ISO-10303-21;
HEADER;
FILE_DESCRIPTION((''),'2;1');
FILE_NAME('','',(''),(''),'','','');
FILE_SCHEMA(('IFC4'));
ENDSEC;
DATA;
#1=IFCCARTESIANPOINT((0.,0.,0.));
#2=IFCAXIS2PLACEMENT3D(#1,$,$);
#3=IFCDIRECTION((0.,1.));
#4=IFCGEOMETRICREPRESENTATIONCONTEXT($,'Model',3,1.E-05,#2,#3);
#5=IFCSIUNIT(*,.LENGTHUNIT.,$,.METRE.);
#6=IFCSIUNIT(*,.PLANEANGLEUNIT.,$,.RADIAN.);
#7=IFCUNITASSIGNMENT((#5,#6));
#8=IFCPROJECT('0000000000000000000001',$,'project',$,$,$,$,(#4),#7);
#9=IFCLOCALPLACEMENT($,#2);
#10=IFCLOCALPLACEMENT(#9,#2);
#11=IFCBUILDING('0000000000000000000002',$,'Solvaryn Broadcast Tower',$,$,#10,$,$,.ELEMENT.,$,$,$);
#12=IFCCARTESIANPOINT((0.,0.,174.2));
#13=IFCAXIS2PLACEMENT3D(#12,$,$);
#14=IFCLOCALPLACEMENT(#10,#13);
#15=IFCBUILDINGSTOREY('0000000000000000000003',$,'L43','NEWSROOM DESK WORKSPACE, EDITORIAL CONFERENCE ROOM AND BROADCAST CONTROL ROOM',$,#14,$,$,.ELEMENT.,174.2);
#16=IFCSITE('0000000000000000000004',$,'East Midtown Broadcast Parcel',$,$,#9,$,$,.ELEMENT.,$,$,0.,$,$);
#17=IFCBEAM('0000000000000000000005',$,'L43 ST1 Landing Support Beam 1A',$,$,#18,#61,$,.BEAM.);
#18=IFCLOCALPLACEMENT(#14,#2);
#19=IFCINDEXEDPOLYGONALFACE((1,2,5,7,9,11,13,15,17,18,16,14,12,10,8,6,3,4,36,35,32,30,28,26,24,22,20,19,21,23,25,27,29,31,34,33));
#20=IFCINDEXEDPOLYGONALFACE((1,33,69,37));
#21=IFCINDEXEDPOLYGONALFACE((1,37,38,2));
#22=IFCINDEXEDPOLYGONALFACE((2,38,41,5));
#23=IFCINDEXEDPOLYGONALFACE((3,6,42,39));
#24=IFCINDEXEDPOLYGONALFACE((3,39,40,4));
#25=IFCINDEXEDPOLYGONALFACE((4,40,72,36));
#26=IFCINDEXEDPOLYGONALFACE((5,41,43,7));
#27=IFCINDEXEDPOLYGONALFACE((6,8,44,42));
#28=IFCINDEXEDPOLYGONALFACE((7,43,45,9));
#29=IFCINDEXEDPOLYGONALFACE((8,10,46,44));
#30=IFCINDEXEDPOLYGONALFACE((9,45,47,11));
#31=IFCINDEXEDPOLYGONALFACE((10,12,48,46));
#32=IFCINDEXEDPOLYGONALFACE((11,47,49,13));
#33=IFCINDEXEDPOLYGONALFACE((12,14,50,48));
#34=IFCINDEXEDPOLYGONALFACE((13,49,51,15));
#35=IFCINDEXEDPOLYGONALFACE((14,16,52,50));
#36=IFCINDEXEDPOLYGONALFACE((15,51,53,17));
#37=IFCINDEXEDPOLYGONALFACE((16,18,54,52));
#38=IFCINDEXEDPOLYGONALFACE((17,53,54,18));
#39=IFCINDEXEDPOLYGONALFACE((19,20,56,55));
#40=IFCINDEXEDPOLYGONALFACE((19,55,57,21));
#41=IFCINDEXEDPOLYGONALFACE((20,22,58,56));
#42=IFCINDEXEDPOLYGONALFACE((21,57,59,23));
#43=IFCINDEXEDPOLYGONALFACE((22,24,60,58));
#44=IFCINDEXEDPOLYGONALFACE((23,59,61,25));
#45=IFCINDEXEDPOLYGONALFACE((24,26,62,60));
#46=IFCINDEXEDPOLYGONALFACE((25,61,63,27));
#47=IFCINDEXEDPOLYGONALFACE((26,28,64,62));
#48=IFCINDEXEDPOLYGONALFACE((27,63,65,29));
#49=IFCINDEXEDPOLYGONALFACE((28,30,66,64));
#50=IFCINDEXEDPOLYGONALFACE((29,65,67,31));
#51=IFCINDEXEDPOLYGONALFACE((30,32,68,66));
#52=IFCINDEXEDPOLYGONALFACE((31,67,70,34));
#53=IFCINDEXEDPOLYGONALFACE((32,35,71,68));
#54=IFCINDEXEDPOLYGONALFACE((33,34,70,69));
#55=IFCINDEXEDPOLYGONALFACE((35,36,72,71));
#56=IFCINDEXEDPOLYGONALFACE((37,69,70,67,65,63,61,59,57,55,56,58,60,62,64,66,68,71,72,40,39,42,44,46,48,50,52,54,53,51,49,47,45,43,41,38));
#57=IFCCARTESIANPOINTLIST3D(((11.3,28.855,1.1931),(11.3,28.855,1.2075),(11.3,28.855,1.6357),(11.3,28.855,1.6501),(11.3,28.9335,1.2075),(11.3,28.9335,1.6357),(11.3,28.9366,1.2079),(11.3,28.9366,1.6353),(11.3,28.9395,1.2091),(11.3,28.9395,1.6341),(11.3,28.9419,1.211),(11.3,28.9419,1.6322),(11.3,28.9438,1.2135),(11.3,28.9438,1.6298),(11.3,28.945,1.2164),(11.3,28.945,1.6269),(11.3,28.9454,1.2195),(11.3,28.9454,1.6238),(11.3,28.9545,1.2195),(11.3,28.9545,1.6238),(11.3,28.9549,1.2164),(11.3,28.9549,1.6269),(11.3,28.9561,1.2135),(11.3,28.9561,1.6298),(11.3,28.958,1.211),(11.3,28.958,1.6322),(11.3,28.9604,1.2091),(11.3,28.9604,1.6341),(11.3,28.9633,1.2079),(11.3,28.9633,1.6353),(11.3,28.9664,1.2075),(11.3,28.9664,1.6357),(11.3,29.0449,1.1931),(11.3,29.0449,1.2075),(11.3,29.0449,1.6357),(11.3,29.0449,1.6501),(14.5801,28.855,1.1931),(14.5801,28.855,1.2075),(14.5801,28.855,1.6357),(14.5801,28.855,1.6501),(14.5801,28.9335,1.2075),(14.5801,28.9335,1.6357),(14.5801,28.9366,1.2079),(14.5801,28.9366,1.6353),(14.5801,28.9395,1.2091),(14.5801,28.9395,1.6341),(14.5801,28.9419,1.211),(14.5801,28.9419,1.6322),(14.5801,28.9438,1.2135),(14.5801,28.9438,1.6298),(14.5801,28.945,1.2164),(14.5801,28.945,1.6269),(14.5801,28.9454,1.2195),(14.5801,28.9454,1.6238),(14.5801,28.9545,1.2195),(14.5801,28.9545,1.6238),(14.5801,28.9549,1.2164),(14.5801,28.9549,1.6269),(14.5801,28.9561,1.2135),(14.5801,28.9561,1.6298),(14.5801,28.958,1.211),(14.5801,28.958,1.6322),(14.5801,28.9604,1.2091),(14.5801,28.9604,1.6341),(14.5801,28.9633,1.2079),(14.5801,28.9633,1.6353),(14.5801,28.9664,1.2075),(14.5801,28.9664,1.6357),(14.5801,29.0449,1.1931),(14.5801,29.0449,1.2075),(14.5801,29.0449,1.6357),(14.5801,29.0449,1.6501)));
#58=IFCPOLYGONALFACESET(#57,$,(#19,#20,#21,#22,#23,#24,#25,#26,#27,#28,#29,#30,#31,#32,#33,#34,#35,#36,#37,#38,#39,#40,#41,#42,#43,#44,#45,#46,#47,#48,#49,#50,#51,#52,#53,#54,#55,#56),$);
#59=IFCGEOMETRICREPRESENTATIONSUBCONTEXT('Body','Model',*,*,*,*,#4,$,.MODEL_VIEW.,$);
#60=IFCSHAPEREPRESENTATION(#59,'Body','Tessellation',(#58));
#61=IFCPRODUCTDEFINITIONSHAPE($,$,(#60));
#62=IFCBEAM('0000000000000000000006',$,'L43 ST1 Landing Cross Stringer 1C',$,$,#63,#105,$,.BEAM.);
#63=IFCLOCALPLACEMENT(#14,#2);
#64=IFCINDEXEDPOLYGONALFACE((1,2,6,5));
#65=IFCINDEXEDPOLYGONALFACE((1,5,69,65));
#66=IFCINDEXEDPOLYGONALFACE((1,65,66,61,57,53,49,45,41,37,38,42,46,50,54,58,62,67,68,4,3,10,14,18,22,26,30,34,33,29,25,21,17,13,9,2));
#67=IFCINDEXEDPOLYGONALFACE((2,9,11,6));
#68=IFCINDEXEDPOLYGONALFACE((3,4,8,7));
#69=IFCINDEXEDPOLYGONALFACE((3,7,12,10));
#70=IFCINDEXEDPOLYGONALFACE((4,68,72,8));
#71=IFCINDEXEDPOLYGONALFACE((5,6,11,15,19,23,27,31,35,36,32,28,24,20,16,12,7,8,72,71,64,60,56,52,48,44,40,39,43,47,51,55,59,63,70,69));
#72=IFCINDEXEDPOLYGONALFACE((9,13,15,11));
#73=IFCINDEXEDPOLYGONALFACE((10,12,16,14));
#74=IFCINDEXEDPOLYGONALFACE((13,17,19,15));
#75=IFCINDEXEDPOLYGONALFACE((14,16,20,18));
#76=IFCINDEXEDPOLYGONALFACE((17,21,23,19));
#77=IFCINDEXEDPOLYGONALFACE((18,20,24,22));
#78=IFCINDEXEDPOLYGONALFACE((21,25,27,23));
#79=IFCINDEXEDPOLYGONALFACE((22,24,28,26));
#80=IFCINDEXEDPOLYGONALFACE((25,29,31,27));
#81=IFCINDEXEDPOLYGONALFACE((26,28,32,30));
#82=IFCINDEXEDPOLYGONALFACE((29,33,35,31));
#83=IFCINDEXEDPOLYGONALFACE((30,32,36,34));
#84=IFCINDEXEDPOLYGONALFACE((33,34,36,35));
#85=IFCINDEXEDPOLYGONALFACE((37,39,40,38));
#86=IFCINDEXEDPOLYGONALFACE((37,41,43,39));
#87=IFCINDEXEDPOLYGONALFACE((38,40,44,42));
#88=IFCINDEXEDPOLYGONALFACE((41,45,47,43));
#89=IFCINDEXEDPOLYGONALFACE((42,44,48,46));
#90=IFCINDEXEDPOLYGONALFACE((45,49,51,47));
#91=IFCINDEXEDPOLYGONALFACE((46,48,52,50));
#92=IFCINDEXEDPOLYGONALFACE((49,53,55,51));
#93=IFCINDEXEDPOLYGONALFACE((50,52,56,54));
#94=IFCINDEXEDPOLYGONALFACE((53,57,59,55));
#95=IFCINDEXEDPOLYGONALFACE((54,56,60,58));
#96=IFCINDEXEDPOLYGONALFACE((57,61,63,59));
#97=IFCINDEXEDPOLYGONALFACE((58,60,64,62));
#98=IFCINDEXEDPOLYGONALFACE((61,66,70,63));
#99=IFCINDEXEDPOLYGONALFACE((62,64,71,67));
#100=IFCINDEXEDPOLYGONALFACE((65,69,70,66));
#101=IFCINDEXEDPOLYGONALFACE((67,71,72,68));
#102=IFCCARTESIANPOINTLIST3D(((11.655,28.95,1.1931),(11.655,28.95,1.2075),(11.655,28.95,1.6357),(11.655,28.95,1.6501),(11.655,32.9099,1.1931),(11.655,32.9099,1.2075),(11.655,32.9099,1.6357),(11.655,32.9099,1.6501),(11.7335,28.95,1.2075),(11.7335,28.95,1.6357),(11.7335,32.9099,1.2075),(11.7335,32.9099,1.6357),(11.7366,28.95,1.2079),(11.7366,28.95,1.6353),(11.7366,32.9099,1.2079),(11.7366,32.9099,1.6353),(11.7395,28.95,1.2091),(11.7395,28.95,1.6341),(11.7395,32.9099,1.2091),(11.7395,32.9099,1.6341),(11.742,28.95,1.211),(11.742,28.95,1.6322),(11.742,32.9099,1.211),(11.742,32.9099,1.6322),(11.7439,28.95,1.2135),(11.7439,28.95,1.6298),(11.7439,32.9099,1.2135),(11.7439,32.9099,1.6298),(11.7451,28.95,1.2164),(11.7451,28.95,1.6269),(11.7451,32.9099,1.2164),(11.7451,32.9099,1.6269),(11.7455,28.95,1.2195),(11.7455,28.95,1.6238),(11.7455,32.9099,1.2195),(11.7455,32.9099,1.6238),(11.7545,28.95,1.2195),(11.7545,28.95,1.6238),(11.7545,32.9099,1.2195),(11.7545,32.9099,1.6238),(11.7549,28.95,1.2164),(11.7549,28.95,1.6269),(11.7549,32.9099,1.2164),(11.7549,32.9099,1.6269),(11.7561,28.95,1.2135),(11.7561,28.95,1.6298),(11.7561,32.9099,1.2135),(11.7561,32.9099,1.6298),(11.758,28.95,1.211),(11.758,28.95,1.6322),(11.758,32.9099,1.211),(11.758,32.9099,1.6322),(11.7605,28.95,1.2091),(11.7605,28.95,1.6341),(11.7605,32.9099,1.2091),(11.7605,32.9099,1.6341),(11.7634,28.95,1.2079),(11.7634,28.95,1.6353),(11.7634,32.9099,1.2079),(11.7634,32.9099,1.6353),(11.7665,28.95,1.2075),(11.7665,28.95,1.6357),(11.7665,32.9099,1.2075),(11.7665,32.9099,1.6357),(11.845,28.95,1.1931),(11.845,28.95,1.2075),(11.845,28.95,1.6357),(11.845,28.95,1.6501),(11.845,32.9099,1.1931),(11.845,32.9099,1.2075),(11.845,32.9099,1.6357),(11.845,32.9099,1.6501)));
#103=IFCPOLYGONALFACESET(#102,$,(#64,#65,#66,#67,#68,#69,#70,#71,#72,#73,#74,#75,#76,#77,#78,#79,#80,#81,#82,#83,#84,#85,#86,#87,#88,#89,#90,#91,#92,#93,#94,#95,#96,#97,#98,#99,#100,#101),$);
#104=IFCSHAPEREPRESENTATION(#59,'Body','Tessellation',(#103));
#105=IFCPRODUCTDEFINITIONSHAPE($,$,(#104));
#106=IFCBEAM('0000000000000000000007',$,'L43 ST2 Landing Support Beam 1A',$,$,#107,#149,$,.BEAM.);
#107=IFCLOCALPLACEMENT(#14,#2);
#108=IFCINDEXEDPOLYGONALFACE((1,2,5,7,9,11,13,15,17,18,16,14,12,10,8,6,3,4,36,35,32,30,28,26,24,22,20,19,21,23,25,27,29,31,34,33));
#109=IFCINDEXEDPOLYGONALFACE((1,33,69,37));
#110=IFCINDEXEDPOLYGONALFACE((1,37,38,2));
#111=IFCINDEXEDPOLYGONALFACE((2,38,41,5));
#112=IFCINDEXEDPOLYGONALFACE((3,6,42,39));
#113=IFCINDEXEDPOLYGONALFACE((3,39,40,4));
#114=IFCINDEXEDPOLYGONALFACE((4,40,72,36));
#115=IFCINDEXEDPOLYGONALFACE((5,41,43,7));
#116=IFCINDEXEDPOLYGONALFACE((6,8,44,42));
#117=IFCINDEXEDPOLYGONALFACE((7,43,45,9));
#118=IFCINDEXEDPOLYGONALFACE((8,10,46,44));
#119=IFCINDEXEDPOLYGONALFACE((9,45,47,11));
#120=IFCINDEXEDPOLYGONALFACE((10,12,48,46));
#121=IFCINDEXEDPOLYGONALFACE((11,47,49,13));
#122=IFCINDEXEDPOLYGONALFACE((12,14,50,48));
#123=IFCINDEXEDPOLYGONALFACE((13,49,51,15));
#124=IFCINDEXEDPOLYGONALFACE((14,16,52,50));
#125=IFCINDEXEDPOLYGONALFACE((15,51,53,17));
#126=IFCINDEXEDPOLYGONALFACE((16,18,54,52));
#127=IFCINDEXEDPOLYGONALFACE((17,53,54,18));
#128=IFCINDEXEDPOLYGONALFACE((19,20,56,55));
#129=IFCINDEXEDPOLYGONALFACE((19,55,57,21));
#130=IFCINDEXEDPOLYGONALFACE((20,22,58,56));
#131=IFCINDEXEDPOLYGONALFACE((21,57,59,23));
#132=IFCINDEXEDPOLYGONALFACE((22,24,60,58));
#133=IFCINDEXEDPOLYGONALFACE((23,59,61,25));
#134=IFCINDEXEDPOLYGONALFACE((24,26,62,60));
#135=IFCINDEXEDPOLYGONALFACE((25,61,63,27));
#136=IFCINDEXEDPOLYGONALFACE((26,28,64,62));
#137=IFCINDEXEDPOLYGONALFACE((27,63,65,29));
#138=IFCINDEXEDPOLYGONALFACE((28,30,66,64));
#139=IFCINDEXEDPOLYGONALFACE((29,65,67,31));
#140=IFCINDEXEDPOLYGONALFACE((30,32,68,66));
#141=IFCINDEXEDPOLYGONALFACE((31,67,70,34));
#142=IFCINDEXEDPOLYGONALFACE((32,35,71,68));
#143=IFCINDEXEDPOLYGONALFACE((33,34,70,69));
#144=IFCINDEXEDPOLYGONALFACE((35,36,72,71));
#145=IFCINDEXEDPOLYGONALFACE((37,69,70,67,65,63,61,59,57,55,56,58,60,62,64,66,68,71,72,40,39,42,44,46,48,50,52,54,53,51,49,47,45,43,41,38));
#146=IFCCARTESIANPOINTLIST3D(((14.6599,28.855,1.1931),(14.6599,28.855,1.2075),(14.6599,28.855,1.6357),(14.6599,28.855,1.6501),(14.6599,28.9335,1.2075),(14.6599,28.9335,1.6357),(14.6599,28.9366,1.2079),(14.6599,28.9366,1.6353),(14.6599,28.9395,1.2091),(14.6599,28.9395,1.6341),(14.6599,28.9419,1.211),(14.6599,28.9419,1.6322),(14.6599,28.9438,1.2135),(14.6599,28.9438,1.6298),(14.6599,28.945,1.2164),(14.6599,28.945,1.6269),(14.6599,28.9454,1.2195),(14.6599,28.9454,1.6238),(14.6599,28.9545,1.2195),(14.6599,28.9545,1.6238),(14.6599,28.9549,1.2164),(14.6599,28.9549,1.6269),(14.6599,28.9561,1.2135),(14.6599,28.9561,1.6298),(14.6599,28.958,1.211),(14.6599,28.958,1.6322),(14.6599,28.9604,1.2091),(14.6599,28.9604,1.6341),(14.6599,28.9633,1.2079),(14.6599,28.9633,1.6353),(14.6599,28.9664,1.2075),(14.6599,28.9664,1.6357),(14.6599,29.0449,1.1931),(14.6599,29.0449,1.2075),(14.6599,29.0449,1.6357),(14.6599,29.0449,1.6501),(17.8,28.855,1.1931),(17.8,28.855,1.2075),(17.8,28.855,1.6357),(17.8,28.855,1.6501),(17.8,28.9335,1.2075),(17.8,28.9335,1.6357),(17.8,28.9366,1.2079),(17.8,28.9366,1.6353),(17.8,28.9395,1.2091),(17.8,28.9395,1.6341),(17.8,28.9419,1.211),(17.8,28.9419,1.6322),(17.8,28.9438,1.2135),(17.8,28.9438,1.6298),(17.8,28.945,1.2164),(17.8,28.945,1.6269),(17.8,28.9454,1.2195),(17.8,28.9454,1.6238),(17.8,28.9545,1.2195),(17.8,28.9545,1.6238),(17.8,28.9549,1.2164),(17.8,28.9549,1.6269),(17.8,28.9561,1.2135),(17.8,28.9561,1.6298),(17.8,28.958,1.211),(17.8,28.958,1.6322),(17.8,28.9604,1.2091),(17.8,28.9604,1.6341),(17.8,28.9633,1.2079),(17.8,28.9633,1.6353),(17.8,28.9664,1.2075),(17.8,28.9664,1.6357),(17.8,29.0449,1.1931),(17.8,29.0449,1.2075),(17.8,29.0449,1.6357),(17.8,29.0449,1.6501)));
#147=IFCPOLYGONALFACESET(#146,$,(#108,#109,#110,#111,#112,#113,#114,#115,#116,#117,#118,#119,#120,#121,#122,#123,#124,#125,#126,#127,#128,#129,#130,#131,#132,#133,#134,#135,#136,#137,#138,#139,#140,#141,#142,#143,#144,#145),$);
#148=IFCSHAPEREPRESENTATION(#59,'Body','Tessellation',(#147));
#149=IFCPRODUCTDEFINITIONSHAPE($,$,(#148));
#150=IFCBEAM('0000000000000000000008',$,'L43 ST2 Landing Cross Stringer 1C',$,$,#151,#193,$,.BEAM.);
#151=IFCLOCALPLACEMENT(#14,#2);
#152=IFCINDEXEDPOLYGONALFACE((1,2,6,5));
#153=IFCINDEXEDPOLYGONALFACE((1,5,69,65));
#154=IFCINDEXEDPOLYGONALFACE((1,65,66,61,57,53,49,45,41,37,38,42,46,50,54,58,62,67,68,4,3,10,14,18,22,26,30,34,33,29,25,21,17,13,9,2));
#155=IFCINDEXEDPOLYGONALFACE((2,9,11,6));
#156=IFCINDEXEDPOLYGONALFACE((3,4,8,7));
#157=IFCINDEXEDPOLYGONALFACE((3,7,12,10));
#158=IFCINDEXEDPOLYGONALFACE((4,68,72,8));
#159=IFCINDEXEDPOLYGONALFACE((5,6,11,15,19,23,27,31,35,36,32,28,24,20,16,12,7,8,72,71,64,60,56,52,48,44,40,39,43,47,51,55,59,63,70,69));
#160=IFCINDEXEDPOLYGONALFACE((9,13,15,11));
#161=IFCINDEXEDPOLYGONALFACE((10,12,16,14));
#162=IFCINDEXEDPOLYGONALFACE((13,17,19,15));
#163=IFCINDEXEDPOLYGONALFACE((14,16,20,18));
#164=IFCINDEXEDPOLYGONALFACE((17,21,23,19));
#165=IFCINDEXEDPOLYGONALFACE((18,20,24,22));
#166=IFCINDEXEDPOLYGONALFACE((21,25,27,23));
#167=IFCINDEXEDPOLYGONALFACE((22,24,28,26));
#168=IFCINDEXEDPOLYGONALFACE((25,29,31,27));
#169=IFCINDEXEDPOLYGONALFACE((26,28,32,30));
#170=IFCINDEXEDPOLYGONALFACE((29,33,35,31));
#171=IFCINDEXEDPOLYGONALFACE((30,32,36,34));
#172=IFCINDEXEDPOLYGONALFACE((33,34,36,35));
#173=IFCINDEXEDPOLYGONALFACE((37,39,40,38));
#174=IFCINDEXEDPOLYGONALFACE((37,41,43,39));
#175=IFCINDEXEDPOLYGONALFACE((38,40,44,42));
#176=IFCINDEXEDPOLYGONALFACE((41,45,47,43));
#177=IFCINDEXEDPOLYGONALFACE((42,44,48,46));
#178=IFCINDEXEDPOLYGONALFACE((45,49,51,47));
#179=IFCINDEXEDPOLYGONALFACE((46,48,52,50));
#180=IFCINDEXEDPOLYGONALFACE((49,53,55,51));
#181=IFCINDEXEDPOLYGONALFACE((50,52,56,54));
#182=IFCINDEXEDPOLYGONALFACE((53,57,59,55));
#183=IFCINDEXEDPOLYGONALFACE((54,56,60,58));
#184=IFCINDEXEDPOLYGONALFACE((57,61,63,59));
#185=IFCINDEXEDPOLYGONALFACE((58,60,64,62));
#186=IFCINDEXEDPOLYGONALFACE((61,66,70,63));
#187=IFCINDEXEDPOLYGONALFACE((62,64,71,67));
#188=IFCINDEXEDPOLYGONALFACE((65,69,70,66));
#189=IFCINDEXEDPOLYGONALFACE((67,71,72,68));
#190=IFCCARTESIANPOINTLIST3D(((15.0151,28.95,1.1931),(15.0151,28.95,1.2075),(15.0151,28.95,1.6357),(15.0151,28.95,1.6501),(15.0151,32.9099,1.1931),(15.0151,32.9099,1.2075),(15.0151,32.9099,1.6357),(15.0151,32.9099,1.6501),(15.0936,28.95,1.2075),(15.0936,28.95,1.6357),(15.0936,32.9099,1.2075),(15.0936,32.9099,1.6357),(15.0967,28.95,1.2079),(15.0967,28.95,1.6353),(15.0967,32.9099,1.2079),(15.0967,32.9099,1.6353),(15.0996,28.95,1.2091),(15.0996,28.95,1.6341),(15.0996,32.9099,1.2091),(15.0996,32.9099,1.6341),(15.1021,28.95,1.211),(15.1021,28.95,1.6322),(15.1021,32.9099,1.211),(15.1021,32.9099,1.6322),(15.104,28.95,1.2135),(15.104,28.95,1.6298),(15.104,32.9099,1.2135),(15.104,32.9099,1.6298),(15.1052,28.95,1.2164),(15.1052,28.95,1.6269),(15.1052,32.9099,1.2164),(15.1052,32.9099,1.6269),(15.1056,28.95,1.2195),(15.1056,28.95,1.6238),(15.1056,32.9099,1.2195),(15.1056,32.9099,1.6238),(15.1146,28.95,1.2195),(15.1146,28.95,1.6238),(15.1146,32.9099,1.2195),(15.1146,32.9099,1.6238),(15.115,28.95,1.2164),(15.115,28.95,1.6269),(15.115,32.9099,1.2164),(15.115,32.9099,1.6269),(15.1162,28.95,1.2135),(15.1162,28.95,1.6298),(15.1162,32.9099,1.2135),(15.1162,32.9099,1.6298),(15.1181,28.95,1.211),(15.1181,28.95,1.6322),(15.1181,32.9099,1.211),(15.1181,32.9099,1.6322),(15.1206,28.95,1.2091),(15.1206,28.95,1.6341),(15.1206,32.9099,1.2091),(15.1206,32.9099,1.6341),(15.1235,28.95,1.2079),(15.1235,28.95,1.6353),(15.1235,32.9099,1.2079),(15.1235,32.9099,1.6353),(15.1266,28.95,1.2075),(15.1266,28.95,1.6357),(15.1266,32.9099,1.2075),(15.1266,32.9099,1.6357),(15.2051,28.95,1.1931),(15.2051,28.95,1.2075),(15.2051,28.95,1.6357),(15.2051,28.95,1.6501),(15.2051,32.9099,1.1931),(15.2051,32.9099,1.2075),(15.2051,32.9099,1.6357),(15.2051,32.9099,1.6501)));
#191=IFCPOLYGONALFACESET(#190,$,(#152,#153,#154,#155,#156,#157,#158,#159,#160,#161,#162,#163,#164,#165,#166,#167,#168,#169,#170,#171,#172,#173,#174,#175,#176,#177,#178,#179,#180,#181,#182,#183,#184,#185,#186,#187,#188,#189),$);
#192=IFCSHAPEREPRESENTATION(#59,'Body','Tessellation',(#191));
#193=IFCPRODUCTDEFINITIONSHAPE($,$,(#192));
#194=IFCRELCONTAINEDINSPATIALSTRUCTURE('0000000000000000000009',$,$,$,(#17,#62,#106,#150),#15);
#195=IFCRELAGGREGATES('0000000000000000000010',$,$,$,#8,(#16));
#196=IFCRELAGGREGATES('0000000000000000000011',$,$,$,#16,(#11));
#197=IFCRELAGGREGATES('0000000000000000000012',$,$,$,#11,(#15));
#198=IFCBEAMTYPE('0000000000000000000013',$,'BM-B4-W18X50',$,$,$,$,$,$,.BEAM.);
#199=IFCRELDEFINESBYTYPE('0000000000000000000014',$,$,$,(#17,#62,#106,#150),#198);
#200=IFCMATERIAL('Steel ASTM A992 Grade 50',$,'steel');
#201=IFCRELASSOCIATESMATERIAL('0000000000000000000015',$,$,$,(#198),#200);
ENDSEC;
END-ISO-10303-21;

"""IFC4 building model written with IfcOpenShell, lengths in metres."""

from ifc_helpers import new_model, si_unit, direction, frame, origin, origin_2d, place, context, subcontext, project, spatial, i_section, extrude, material, material_profile, profile_set, type_object, element, save


model = new_model("IFC4")

# Units and contexts
model_context = context("Model", 3, precision=1e-05, world=origin(), true_north=direction((0.0, 1.0)))
body_context = subcontext(model_context, "Body", "Model", "MODEL_VIEW")
ifc_project = project(units=[si_unit("LENGTHUNIT", "METRE"), si_unit("PLANEANGLEUNIT", "RADIAN")], contexts=[model_context])

# Site, building, storey
site_placement = place(None, origin())
site = spatial("IfcSite", under=ifc_project, at=site_placement, Name="East Midtown Broadcast Parcel", CompositionType="ELEMENT", RefElevation=0.0)
building_placement = place(site_placement, origin())
building = spatial("IfcBuilding", under=site, at=building_placement, Name="Solvaryn Broadcast Tower", CompositionType="ELEMENT")
storey_placement = place(building_placement, frame((0.0, 0.0, 174.2)))
storey = spatial("IfcBuildingStorey", under=building, at=storey_placement, Name="L43", Description="NEWSROOM DESK WORKSPACE, EDITORIAL CONFERENCE ROOM AND BROADCAST CONTROL ROOM", CompositionType="ELEMENT", Elevation=174.2)

# Beams
ifc_material_1 = material(Name="Steel ASTM A992 Grade 50", Category="steel")
ifc_material_profile_1 = material_profile(ifc_material_1, i_section(OverallWidth=0.1899, OverallDepth=0.457, WebThickness=0.009, FlangeThickness=0.0144, FilletRadius=0.012, at=origin_2d()))
ifc_profile_set_1 = profile_set([ifc_material_profile_1], Name="Steel ASTM A992 Grade 50")
beam_type_1 = type_object("IfcBeamType", Name="BM-B4-W18X50", PredefinedType="BEAM", material=ifc_profile_set_1)
beam_1_placement = place(storey_placement, frame((11.3, 28.95, 1.4216), z_axis=(1.0, 0.0, 0.0), x_axis=(0.0, 1.0, 0.0)))
element("IfcBeam", 1, at=beam_1_placement, inside=storey, type_object=beam_type_1, Name="L43 ST1 Landing Support Beam 1A", PredefinedType="BEAM", context=body_context, shape_type="SweptSolid", body=[
    extrude(i_section(OverallWidth=0.1899, OverallDepth=0.457, WebThickness=0.009, FlangeThickness=0.0144, FilletRadius=0.012, at=origin_2d()), origin(), (0.0, 0.0, 1.0), 3.28),
])
beam_2_placement = place(storey_placement, frame((11.75, 28.95, 1.4216), z_axis=(0.0, 1.0, 0.0), x_axis=(-1.0, 0.0, 0.0)))
element("IfcBeam", 2, at=beam_2_placement, inside=storey, type_object=beam_type_1, Name="L43 ST1 Landing Cross Stringer 1C", PredefinedType="BEAM", context=body_context, shape_type="SweptSolid", body=[
    extrude(i_section(OverallWidth=0.1899, OverallDepth=0.457, WebThickness=0.009, FlangeThickness=0.0144, FilletRadius=0.012, at=origin_2d()), origin(), (0.0, 0.0, 1.0), 3.96),
])
beam_3_placement = place(storey_placement, frame((14.6599, 28.95, 1.4216), z_axis=(1.0, 0.0, 0.0), x_axis=(0.0, 1.0, 0.0)))
element("IfcBeam", 3, at=beam_3_placement, inside=storey, type_object=beam_type_1, Name="L43 ST2 Landing Support Beam 1A", PredefinedType="BEAM", context=body_context, shape_type="SweptSolid", body=[
    extrude(i_section(OverallWidth=0.1899, OverallDepth=0.457, WebThickness=0.009, FlangeThickness=0.0144, FilletRadius=0.012, at=origin_2d()), origin(), (0.0, 0.0, 1.0), 3.1401),
])
beam_4_placement = place(storey_placement, frame((15.1101, 28.95, 1.4216), z_axis=(0.0, 1.0, 0.0), x_axis=(-1.0, 0.0, 0.0)))
element("IfcBeam", 4, at=beam_4_placement, inside=storey, type_object=beam_type_1, Name="L43 ST2 Landing Cross Stringer 1C", PredefinedType="BEAM", context=body_context, shape_type="SweptSolid", body=[
    extrude(i_section(OverallWidth=0.1899, OverallDepth=0.457, WebThickness=0.009, FlangeThickness=0.0144, FilletRadius=0.012, at=origin_2d()), origin(), (0.0, 0.0, 1.0), 3.96),
])

save(model, "model.ifc")
